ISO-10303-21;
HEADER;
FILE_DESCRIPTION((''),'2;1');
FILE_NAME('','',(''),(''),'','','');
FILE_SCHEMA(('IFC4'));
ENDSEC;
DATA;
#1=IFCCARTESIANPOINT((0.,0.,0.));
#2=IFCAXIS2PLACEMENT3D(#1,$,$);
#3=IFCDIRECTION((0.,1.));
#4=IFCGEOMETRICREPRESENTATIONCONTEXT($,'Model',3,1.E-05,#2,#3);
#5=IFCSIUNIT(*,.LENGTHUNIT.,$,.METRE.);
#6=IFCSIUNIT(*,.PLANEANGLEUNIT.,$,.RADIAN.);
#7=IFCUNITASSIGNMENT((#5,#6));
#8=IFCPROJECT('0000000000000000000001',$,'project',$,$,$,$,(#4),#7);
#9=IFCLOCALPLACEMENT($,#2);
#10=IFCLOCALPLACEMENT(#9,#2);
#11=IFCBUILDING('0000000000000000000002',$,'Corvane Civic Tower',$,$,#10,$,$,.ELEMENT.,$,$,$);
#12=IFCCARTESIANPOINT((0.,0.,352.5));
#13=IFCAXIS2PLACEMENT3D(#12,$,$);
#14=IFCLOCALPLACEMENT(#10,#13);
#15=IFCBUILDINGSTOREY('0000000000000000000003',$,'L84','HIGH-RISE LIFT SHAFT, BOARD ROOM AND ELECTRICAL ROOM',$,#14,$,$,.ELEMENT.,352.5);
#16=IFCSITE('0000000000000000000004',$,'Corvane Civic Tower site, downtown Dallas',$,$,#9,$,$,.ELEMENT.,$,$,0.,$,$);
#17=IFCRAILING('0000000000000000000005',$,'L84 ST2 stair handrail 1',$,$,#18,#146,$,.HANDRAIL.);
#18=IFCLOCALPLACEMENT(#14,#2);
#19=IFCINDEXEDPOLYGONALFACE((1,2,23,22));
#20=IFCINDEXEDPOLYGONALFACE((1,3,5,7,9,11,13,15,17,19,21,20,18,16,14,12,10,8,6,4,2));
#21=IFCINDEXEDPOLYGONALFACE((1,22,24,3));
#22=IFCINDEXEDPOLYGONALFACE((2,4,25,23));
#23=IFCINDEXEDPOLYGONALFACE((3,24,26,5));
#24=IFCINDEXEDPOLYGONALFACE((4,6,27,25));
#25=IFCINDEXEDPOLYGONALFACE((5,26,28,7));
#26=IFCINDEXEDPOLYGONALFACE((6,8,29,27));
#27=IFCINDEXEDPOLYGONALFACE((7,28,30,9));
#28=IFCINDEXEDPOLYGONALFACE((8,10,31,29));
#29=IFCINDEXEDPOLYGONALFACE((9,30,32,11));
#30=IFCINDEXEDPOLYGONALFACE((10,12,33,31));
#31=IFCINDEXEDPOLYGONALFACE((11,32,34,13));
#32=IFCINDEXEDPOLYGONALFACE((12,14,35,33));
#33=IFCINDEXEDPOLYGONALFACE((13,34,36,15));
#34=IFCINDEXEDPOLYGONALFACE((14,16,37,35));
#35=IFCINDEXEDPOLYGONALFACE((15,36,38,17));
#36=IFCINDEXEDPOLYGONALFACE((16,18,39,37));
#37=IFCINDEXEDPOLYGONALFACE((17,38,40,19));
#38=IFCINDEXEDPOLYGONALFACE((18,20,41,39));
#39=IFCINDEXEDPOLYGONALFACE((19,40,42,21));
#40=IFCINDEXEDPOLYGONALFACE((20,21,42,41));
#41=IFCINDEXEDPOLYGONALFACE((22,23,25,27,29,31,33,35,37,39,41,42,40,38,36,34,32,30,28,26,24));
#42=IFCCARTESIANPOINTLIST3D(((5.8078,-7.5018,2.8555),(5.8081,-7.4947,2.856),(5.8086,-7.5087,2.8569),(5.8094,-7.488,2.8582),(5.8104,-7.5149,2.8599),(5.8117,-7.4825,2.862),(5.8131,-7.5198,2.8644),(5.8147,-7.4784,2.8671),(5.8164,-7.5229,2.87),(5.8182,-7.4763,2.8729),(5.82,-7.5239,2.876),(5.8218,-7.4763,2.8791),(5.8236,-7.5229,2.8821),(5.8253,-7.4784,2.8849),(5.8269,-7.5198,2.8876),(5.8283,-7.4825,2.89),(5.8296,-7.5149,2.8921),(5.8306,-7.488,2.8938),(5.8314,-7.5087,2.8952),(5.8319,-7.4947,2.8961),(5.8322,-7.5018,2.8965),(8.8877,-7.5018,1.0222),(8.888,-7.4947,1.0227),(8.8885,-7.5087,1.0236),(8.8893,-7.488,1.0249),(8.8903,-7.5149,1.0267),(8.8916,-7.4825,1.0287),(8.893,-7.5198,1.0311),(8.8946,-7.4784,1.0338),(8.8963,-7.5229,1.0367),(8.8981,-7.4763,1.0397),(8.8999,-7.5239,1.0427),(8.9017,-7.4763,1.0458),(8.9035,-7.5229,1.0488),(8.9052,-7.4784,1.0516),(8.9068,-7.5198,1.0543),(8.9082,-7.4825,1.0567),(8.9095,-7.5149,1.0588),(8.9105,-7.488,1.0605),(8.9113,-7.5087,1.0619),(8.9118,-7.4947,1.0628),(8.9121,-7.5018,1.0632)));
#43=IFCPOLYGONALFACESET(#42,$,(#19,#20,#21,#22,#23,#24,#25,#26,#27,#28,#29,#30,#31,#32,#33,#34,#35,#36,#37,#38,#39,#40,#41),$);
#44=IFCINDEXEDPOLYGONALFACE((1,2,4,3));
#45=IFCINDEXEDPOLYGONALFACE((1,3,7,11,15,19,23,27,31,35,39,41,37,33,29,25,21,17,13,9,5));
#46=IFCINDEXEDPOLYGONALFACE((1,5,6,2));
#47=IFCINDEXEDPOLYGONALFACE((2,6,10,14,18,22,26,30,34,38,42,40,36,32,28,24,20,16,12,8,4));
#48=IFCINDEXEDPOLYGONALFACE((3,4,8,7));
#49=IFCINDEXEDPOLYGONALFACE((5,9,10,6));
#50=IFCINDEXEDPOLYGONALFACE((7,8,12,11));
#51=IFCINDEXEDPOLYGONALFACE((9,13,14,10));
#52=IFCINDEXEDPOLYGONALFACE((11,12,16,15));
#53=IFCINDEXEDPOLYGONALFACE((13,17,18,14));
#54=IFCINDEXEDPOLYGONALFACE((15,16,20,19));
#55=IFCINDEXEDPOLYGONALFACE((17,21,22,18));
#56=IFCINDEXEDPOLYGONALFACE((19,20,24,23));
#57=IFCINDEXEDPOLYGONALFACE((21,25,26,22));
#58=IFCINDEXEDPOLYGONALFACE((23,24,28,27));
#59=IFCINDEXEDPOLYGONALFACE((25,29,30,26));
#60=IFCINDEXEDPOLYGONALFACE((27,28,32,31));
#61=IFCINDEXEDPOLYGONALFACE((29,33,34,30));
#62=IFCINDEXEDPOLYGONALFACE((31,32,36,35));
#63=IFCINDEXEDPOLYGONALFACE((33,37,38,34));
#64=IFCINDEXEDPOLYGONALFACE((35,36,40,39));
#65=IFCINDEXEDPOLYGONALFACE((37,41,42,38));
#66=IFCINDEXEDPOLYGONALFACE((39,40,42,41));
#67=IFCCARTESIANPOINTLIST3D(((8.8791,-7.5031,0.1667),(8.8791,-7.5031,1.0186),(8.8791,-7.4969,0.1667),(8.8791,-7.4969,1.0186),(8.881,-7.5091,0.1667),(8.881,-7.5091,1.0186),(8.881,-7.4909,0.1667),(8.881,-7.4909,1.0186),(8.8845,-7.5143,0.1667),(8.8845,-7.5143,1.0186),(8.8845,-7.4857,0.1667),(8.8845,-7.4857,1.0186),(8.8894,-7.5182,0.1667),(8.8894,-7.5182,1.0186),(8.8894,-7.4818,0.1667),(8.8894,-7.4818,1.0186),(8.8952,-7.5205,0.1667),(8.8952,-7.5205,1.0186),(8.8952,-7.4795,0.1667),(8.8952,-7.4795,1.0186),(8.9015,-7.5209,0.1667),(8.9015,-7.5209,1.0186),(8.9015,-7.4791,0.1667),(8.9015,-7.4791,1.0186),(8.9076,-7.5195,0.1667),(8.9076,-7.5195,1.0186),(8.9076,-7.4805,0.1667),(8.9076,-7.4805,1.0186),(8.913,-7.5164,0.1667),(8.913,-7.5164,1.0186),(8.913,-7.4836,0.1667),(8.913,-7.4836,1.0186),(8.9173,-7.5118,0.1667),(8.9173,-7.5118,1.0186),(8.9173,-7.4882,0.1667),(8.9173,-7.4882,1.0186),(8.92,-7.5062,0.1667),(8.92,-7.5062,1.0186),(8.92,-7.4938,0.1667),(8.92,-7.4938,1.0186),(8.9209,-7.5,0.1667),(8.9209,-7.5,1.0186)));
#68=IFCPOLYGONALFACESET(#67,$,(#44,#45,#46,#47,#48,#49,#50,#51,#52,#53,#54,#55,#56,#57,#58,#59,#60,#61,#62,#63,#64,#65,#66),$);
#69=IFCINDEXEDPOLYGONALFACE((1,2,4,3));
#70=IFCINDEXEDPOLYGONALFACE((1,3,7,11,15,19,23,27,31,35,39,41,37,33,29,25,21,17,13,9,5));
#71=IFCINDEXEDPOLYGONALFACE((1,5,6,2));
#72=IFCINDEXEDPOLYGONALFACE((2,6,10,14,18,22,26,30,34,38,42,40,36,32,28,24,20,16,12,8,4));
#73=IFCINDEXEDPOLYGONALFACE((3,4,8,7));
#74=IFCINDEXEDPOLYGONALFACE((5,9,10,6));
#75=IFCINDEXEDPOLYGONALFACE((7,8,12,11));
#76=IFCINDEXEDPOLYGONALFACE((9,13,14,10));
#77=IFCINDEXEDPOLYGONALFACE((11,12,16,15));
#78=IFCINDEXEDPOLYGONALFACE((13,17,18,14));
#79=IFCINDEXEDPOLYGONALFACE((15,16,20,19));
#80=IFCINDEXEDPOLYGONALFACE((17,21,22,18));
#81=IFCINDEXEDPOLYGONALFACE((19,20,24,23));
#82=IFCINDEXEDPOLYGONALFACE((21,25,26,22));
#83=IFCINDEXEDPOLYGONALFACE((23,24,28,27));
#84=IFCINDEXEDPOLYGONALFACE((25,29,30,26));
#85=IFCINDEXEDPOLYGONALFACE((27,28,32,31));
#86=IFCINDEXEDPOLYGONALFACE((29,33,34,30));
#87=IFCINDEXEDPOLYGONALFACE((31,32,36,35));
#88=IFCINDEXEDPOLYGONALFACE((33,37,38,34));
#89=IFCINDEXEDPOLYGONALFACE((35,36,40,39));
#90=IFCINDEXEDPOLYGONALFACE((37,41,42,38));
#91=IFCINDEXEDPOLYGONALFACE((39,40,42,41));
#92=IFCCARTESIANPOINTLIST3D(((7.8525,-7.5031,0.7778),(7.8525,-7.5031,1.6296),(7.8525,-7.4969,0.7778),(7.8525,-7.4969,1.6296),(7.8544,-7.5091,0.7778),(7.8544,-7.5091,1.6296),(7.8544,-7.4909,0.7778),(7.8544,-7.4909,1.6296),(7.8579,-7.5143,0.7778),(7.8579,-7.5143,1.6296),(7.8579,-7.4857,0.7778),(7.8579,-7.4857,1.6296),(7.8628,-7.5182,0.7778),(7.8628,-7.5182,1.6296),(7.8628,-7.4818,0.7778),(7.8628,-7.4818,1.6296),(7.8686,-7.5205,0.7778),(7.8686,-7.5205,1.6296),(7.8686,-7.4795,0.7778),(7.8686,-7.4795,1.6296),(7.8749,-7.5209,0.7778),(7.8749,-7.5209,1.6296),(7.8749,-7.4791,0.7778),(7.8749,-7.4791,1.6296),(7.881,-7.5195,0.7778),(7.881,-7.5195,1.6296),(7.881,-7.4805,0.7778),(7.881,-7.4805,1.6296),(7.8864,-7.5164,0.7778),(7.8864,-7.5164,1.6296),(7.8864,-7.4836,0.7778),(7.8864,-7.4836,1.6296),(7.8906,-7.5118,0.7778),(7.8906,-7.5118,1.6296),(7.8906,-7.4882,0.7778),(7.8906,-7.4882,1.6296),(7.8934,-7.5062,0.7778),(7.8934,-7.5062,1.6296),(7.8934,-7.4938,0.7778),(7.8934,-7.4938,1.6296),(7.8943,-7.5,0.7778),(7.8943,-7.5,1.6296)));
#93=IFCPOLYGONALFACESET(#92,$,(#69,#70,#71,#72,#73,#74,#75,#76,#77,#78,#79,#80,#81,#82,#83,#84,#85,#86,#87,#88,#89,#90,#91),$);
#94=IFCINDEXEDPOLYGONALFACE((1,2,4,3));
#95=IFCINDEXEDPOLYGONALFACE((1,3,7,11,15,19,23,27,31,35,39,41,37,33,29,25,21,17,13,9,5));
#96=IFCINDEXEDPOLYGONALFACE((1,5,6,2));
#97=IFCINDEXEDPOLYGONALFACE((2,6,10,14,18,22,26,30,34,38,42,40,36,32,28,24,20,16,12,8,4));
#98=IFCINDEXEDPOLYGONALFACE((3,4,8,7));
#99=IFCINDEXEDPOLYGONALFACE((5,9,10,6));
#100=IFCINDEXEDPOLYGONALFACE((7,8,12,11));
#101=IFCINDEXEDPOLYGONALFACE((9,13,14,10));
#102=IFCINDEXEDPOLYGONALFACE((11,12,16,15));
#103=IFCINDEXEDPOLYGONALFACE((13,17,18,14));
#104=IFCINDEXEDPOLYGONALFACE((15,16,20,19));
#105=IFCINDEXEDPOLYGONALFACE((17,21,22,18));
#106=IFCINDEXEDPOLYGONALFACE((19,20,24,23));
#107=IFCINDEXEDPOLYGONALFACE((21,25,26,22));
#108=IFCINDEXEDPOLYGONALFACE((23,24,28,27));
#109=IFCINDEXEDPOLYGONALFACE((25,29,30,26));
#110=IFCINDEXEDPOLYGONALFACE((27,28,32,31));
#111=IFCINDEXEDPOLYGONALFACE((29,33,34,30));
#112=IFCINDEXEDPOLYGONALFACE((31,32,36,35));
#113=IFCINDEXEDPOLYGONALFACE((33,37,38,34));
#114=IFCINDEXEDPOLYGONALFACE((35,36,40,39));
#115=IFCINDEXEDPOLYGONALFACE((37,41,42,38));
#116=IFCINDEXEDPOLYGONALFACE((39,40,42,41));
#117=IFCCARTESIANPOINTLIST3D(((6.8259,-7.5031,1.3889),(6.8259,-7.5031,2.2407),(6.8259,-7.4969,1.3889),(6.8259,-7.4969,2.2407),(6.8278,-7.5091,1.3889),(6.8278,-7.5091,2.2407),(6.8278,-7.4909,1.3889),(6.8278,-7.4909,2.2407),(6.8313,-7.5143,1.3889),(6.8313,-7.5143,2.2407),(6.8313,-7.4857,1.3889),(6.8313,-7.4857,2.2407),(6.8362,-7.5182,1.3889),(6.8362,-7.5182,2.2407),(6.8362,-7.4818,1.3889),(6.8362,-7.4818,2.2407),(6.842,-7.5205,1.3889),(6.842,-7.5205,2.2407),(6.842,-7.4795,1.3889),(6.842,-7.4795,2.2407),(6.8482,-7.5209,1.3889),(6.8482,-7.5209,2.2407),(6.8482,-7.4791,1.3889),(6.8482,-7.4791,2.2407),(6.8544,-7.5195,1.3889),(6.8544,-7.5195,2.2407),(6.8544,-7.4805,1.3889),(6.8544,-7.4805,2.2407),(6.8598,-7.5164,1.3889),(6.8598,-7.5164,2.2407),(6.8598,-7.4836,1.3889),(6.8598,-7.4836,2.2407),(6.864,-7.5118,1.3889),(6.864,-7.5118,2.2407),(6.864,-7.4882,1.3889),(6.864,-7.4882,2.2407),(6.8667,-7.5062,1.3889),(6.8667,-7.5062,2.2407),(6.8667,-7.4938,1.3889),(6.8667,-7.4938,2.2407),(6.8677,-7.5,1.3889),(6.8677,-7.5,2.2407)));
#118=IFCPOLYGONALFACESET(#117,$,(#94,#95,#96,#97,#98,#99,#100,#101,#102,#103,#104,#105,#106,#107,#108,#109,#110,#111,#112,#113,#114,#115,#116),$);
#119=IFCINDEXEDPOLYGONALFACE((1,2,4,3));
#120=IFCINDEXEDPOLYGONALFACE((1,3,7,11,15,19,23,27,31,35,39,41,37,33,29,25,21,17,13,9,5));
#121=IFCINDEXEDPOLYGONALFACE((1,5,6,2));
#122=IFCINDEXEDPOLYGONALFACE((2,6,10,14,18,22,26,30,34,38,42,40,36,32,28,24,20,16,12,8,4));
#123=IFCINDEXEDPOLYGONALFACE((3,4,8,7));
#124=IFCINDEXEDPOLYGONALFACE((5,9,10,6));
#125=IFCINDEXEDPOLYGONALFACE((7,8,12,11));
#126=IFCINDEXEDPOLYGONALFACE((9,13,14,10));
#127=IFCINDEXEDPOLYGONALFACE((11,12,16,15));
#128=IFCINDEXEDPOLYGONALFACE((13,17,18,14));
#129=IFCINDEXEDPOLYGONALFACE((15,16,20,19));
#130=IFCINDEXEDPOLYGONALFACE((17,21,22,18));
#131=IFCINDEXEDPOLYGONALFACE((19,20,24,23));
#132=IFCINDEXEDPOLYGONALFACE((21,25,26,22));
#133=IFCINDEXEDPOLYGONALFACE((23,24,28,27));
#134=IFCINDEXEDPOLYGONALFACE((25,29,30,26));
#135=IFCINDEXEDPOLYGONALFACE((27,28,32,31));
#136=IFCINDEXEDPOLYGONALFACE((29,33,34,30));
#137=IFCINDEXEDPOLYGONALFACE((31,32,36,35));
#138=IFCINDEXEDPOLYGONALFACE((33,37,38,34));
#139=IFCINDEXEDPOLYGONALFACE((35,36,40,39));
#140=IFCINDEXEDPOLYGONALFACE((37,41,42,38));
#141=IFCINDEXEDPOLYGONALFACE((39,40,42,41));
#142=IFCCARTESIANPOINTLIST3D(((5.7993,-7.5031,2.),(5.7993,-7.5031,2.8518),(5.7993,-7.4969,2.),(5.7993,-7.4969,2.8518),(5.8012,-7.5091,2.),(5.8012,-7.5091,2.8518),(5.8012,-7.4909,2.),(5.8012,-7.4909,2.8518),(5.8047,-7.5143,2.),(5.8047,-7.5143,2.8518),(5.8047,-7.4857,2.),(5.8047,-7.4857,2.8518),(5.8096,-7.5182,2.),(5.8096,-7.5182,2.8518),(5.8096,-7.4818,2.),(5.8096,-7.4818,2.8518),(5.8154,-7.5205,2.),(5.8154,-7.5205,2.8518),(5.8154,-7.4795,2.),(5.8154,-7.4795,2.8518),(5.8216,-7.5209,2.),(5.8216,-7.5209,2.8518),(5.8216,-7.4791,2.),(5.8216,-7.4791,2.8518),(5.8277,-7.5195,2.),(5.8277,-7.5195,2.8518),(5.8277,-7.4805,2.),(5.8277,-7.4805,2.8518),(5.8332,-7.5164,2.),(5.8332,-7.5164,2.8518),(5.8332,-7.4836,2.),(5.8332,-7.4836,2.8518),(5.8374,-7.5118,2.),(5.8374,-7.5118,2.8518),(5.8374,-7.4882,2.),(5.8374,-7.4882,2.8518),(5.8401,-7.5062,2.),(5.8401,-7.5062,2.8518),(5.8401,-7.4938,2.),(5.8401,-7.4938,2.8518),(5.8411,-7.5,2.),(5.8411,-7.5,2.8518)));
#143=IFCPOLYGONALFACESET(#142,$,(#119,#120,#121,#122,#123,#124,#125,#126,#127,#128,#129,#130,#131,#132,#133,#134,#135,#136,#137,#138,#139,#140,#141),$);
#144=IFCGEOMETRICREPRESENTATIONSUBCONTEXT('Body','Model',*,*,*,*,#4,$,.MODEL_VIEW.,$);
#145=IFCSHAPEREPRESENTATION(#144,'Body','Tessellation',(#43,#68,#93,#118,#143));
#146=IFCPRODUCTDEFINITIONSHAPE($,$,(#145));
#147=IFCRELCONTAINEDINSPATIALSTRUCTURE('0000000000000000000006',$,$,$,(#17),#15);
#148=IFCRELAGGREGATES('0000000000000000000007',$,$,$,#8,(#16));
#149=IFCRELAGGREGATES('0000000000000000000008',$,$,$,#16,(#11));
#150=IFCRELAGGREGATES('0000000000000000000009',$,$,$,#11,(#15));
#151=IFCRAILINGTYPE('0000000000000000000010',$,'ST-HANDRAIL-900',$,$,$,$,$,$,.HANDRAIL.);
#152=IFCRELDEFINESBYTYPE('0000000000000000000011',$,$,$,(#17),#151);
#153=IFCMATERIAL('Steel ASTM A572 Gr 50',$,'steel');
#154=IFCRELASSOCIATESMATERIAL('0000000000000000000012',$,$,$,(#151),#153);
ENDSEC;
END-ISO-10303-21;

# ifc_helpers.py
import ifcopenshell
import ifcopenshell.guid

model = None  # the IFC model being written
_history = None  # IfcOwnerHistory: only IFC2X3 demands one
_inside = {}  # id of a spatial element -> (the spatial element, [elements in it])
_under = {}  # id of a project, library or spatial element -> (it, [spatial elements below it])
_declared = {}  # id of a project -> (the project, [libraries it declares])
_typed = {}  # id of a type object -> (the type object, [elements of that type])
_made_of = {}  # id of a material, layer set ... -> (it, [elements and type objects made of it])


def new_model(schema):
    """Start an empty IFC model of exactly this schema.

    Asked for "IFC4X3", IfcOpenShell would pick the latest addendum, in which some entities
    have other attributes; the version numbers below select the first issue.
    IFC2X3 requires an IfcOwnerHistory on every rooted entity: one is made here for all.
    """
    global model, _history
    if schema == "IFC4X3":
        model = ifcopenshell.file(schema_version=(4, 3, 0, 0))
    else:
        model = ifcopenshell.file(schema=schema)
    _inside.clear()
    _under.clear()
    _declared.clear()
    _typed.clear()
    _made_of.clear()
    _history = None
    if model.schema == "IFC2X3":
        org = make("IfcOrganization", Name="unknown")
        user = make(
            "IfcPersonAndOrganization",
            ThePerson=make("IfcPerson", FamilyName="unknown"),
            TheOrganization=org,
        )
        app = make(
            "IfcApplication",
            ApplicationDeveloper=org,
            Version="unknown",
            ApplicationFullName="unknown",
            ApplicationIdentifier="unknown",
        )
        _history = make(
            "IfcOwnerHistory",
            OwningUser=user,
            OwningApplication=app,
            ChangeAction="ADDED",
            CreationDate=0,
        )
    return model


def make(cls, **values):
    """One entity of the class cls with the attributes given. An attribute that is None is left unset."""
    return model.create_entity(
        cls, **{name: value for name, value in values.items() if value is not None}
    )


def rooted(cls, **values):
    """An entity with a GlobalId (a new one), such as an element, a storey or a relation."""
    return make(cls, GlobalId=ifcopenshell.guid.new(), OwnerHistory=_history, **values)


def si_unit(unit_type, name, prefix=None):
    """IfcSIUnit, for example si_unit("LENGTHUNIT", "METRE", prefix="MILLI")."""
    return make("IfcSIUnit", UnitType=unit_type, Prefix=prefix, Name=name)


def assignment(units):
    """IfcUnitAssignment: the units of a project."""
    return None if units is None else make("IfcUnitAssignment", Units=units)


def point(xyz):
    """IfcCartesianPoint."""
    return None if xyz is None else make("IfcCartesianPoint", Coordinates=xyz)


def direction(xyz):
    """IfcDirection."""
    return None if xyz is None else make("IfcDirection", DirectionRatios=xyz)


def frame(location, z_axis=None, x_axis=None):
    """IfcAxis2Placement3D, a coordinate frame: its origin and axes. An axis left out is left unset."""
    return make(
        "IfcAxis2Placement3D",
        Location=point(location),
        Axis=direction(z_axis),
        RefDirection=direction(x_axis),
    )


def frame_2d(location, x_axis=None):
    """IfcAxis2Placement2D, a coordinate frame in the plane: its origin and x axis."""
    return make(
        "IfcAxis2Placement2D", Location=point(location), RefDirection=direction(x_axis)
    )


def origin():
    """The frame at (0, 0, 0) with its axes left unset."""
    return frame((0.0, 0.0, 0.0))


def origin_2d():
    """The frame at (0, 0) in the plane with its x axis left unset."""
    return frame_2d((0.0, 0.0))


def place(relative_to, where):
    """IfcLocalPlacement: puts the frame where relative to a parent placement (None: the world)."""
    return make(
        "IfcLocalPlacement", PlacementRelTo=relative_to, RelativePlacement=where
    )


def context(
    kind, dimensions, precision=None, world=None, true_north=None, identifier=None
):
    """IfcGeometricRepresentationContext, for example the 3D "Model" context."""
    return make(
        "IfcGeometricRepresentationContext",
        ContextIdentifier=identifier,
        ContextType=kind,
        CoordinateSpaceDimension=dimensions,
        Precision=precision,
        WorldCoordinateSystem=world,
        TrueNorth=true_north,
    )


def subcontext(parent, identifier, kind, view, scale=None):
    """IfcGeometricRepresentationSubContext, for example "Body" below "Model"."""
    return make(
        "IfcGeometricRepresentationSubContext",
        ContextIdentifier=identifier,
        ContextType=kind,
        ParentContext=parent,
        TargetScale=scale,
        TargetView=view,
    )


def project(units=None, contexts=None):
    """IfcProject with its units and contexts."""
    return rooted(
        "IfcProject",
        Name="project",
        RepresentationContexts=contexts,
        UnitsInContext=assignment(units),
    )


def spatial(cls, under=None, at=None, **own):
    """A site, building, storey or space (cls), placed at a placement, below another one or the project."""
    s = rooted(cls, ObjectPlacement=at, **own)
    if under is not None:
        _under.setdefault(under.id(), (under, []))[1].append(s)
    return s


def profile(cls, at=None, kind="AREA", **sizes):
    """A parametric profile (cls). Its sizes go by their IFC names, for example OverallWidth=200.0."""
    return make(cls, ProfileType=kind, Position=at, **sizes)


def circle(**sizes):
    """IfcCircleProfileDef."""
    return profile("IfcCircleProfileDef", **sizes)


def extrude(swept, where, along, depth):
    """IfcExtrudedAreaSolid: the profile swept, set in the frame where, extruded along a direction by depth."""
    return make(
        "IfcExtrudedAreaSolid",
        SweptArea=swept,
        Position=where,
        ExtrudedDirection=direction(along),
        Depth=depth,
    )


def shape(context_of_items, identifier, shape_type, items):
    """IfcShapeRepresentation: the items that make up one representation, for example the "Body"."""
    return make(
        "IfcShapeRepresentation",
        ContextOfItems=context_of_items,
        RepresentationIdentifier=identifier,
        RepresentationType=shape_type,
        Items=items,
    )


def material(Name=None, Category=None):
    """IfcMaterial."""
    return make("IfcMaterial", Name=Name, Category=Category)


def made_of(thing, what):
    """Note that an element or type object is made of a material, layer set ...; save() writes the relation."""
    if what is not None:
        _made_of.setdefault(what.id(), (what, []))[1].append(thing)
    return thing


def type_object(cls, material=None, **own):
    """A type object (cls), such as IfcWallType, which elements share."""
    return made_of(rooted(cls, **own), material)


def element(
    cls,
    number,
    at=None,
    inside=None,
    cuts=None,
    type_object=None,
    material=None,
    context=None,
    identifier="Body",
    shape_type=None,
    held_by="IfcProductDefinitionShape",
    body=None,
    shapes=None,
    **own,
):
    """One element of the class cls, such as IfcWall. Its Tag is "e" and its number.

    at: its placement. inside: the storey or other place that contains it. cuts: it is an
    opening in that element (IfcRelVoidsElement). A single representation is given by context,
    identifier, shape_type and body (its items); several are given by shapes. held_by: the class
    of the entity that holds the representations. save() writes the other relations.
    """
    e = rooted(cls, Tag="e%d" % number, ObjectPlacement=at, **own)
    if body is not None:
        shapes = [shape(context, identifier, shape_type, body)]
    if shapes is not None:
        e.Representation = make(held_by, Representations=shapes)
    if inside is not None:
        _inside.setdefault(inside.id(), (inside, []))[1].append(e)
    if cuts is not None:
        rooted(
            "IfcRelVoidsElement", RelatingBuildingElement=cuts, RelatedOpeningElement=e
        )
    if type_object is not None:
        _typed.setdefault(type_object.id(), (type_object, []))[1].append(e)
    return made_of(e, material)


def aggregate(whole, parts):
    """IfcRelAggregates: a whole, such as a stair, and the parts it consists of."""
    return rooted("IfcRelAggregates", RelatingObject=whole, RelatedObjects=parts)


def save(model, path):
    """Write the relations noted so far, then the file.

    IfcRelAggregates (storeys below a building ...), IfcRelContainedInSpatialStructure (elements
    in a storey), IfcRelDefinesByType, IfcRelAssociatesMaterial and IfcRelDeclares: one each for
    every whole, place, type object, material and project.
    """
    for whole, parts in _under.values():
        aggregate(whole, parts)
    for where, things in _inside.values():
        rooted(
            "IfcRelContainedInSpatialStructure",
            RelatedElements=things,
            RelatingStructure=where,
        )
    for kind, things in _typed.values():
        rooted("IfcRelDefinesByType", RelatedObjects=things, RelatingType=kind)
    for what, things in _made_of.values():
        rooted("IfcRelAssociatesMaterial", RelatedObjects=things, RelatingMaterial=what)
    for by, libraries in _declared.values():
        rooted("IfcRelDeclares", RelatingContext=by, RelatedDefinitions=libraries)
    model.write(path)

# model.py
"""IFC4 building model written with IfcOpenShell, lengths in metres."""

from ifc_helpers import new_model, si_unit, direction, frame, origin, origin_2d, place, context, subcontext, project, spatial, circle, extrude, material, type_object, element, save


model = new_model("IFC4")

# Units and contexts
model_context = context("Model", 3, precision=1e-05, world=origin(), true_north=direction((0.0, 1.0)))
body_context = subcontext(model_context, "Body", "Model", "MODEL_VIEW")
ifc_project = project(units=[si_unit("LENGTHUNIT", "METRE"), si_unit("PLANEANGLEUNIT", "RADIAN")], contexts=[model_context])

# Site, building, storey
site_placement = place(None, origin())
site = spatial("IfcSite", under=ifc_project, at=site_placement, Name="Corvane Civic Tower site, downtown Dallas", CompositionType="ELEMENT", RefElevation=0.0)
building_placement = place(site_placement, origin())
building = spatial("IfcBuilding", under=site, at=building_placement, Name="Corvane Civic Tower", CompositionType="ELEMENT")
storey_placement = place(building_placement, frame((0.0, 0.0, 352.5)))
storey = spatial("IfcBuildingStorey", under=building, at=storey_placement, Name="L84", Description="HIGH-RISE LIFT SHAFT, BOARD ROOM AND ELECTRICAL ROOM", CompositionType="ELEMENT", Elevation=352.5)

# Railing
ifc_material_1 = material(Name="Steel ASTM A572 Gr 50", Category="steel")
railing_type_1 = type_object("IfcRailingType", Name="ST-HANDRAIL-900", PredefinedType="HANDRAIL", material=ifc_material_1)
railing_1_placement = place(storey_placement, frame((8.8999, -7.5, 0.1667)))
element("IfcRailing", 1, at=railing_1_placement, inside=storey, type_object=railing_type_1, Name="L84 ST2 stair handrail 1", PredefinedType="HANDRAIL", context=body_context, shape_type="SweptSolid", body=[
    extrude(circle(Radius=0.0239, at=origin_2d()), frame((0.0, 0.0, 0.876), z_axis=(-0.859291, 0.0, 0.511487), x_axis=(0.0, -1.0, 0.0)), (0.0, 0.0, 1.0), 3.5842),
    extrude(circle(Radius=0.021, at=origin_2d()), origin(), (0.0, 0.0, 1.0), 0.8518),
    extrude(circle(Radius=0.021, at=origin_2d()), frame((-1.0266, 0.0, 0.6111)), (0.0, 0.0, 1.0), 0.8518),
    extrude(circle(Radius=0.021, at=origin_2d()), frame((-2.0532, 0.0, 1.2222)), (0.0, 0.0, 1.0), 0.8518),
    extrude(circle(Radius=0.021, at=origin_2d()), frame((-3.0798, 0.0, 1.8333)), (0.0, 0.0, 1.0), 0.8518),
])

save(model, "model.ifc")
